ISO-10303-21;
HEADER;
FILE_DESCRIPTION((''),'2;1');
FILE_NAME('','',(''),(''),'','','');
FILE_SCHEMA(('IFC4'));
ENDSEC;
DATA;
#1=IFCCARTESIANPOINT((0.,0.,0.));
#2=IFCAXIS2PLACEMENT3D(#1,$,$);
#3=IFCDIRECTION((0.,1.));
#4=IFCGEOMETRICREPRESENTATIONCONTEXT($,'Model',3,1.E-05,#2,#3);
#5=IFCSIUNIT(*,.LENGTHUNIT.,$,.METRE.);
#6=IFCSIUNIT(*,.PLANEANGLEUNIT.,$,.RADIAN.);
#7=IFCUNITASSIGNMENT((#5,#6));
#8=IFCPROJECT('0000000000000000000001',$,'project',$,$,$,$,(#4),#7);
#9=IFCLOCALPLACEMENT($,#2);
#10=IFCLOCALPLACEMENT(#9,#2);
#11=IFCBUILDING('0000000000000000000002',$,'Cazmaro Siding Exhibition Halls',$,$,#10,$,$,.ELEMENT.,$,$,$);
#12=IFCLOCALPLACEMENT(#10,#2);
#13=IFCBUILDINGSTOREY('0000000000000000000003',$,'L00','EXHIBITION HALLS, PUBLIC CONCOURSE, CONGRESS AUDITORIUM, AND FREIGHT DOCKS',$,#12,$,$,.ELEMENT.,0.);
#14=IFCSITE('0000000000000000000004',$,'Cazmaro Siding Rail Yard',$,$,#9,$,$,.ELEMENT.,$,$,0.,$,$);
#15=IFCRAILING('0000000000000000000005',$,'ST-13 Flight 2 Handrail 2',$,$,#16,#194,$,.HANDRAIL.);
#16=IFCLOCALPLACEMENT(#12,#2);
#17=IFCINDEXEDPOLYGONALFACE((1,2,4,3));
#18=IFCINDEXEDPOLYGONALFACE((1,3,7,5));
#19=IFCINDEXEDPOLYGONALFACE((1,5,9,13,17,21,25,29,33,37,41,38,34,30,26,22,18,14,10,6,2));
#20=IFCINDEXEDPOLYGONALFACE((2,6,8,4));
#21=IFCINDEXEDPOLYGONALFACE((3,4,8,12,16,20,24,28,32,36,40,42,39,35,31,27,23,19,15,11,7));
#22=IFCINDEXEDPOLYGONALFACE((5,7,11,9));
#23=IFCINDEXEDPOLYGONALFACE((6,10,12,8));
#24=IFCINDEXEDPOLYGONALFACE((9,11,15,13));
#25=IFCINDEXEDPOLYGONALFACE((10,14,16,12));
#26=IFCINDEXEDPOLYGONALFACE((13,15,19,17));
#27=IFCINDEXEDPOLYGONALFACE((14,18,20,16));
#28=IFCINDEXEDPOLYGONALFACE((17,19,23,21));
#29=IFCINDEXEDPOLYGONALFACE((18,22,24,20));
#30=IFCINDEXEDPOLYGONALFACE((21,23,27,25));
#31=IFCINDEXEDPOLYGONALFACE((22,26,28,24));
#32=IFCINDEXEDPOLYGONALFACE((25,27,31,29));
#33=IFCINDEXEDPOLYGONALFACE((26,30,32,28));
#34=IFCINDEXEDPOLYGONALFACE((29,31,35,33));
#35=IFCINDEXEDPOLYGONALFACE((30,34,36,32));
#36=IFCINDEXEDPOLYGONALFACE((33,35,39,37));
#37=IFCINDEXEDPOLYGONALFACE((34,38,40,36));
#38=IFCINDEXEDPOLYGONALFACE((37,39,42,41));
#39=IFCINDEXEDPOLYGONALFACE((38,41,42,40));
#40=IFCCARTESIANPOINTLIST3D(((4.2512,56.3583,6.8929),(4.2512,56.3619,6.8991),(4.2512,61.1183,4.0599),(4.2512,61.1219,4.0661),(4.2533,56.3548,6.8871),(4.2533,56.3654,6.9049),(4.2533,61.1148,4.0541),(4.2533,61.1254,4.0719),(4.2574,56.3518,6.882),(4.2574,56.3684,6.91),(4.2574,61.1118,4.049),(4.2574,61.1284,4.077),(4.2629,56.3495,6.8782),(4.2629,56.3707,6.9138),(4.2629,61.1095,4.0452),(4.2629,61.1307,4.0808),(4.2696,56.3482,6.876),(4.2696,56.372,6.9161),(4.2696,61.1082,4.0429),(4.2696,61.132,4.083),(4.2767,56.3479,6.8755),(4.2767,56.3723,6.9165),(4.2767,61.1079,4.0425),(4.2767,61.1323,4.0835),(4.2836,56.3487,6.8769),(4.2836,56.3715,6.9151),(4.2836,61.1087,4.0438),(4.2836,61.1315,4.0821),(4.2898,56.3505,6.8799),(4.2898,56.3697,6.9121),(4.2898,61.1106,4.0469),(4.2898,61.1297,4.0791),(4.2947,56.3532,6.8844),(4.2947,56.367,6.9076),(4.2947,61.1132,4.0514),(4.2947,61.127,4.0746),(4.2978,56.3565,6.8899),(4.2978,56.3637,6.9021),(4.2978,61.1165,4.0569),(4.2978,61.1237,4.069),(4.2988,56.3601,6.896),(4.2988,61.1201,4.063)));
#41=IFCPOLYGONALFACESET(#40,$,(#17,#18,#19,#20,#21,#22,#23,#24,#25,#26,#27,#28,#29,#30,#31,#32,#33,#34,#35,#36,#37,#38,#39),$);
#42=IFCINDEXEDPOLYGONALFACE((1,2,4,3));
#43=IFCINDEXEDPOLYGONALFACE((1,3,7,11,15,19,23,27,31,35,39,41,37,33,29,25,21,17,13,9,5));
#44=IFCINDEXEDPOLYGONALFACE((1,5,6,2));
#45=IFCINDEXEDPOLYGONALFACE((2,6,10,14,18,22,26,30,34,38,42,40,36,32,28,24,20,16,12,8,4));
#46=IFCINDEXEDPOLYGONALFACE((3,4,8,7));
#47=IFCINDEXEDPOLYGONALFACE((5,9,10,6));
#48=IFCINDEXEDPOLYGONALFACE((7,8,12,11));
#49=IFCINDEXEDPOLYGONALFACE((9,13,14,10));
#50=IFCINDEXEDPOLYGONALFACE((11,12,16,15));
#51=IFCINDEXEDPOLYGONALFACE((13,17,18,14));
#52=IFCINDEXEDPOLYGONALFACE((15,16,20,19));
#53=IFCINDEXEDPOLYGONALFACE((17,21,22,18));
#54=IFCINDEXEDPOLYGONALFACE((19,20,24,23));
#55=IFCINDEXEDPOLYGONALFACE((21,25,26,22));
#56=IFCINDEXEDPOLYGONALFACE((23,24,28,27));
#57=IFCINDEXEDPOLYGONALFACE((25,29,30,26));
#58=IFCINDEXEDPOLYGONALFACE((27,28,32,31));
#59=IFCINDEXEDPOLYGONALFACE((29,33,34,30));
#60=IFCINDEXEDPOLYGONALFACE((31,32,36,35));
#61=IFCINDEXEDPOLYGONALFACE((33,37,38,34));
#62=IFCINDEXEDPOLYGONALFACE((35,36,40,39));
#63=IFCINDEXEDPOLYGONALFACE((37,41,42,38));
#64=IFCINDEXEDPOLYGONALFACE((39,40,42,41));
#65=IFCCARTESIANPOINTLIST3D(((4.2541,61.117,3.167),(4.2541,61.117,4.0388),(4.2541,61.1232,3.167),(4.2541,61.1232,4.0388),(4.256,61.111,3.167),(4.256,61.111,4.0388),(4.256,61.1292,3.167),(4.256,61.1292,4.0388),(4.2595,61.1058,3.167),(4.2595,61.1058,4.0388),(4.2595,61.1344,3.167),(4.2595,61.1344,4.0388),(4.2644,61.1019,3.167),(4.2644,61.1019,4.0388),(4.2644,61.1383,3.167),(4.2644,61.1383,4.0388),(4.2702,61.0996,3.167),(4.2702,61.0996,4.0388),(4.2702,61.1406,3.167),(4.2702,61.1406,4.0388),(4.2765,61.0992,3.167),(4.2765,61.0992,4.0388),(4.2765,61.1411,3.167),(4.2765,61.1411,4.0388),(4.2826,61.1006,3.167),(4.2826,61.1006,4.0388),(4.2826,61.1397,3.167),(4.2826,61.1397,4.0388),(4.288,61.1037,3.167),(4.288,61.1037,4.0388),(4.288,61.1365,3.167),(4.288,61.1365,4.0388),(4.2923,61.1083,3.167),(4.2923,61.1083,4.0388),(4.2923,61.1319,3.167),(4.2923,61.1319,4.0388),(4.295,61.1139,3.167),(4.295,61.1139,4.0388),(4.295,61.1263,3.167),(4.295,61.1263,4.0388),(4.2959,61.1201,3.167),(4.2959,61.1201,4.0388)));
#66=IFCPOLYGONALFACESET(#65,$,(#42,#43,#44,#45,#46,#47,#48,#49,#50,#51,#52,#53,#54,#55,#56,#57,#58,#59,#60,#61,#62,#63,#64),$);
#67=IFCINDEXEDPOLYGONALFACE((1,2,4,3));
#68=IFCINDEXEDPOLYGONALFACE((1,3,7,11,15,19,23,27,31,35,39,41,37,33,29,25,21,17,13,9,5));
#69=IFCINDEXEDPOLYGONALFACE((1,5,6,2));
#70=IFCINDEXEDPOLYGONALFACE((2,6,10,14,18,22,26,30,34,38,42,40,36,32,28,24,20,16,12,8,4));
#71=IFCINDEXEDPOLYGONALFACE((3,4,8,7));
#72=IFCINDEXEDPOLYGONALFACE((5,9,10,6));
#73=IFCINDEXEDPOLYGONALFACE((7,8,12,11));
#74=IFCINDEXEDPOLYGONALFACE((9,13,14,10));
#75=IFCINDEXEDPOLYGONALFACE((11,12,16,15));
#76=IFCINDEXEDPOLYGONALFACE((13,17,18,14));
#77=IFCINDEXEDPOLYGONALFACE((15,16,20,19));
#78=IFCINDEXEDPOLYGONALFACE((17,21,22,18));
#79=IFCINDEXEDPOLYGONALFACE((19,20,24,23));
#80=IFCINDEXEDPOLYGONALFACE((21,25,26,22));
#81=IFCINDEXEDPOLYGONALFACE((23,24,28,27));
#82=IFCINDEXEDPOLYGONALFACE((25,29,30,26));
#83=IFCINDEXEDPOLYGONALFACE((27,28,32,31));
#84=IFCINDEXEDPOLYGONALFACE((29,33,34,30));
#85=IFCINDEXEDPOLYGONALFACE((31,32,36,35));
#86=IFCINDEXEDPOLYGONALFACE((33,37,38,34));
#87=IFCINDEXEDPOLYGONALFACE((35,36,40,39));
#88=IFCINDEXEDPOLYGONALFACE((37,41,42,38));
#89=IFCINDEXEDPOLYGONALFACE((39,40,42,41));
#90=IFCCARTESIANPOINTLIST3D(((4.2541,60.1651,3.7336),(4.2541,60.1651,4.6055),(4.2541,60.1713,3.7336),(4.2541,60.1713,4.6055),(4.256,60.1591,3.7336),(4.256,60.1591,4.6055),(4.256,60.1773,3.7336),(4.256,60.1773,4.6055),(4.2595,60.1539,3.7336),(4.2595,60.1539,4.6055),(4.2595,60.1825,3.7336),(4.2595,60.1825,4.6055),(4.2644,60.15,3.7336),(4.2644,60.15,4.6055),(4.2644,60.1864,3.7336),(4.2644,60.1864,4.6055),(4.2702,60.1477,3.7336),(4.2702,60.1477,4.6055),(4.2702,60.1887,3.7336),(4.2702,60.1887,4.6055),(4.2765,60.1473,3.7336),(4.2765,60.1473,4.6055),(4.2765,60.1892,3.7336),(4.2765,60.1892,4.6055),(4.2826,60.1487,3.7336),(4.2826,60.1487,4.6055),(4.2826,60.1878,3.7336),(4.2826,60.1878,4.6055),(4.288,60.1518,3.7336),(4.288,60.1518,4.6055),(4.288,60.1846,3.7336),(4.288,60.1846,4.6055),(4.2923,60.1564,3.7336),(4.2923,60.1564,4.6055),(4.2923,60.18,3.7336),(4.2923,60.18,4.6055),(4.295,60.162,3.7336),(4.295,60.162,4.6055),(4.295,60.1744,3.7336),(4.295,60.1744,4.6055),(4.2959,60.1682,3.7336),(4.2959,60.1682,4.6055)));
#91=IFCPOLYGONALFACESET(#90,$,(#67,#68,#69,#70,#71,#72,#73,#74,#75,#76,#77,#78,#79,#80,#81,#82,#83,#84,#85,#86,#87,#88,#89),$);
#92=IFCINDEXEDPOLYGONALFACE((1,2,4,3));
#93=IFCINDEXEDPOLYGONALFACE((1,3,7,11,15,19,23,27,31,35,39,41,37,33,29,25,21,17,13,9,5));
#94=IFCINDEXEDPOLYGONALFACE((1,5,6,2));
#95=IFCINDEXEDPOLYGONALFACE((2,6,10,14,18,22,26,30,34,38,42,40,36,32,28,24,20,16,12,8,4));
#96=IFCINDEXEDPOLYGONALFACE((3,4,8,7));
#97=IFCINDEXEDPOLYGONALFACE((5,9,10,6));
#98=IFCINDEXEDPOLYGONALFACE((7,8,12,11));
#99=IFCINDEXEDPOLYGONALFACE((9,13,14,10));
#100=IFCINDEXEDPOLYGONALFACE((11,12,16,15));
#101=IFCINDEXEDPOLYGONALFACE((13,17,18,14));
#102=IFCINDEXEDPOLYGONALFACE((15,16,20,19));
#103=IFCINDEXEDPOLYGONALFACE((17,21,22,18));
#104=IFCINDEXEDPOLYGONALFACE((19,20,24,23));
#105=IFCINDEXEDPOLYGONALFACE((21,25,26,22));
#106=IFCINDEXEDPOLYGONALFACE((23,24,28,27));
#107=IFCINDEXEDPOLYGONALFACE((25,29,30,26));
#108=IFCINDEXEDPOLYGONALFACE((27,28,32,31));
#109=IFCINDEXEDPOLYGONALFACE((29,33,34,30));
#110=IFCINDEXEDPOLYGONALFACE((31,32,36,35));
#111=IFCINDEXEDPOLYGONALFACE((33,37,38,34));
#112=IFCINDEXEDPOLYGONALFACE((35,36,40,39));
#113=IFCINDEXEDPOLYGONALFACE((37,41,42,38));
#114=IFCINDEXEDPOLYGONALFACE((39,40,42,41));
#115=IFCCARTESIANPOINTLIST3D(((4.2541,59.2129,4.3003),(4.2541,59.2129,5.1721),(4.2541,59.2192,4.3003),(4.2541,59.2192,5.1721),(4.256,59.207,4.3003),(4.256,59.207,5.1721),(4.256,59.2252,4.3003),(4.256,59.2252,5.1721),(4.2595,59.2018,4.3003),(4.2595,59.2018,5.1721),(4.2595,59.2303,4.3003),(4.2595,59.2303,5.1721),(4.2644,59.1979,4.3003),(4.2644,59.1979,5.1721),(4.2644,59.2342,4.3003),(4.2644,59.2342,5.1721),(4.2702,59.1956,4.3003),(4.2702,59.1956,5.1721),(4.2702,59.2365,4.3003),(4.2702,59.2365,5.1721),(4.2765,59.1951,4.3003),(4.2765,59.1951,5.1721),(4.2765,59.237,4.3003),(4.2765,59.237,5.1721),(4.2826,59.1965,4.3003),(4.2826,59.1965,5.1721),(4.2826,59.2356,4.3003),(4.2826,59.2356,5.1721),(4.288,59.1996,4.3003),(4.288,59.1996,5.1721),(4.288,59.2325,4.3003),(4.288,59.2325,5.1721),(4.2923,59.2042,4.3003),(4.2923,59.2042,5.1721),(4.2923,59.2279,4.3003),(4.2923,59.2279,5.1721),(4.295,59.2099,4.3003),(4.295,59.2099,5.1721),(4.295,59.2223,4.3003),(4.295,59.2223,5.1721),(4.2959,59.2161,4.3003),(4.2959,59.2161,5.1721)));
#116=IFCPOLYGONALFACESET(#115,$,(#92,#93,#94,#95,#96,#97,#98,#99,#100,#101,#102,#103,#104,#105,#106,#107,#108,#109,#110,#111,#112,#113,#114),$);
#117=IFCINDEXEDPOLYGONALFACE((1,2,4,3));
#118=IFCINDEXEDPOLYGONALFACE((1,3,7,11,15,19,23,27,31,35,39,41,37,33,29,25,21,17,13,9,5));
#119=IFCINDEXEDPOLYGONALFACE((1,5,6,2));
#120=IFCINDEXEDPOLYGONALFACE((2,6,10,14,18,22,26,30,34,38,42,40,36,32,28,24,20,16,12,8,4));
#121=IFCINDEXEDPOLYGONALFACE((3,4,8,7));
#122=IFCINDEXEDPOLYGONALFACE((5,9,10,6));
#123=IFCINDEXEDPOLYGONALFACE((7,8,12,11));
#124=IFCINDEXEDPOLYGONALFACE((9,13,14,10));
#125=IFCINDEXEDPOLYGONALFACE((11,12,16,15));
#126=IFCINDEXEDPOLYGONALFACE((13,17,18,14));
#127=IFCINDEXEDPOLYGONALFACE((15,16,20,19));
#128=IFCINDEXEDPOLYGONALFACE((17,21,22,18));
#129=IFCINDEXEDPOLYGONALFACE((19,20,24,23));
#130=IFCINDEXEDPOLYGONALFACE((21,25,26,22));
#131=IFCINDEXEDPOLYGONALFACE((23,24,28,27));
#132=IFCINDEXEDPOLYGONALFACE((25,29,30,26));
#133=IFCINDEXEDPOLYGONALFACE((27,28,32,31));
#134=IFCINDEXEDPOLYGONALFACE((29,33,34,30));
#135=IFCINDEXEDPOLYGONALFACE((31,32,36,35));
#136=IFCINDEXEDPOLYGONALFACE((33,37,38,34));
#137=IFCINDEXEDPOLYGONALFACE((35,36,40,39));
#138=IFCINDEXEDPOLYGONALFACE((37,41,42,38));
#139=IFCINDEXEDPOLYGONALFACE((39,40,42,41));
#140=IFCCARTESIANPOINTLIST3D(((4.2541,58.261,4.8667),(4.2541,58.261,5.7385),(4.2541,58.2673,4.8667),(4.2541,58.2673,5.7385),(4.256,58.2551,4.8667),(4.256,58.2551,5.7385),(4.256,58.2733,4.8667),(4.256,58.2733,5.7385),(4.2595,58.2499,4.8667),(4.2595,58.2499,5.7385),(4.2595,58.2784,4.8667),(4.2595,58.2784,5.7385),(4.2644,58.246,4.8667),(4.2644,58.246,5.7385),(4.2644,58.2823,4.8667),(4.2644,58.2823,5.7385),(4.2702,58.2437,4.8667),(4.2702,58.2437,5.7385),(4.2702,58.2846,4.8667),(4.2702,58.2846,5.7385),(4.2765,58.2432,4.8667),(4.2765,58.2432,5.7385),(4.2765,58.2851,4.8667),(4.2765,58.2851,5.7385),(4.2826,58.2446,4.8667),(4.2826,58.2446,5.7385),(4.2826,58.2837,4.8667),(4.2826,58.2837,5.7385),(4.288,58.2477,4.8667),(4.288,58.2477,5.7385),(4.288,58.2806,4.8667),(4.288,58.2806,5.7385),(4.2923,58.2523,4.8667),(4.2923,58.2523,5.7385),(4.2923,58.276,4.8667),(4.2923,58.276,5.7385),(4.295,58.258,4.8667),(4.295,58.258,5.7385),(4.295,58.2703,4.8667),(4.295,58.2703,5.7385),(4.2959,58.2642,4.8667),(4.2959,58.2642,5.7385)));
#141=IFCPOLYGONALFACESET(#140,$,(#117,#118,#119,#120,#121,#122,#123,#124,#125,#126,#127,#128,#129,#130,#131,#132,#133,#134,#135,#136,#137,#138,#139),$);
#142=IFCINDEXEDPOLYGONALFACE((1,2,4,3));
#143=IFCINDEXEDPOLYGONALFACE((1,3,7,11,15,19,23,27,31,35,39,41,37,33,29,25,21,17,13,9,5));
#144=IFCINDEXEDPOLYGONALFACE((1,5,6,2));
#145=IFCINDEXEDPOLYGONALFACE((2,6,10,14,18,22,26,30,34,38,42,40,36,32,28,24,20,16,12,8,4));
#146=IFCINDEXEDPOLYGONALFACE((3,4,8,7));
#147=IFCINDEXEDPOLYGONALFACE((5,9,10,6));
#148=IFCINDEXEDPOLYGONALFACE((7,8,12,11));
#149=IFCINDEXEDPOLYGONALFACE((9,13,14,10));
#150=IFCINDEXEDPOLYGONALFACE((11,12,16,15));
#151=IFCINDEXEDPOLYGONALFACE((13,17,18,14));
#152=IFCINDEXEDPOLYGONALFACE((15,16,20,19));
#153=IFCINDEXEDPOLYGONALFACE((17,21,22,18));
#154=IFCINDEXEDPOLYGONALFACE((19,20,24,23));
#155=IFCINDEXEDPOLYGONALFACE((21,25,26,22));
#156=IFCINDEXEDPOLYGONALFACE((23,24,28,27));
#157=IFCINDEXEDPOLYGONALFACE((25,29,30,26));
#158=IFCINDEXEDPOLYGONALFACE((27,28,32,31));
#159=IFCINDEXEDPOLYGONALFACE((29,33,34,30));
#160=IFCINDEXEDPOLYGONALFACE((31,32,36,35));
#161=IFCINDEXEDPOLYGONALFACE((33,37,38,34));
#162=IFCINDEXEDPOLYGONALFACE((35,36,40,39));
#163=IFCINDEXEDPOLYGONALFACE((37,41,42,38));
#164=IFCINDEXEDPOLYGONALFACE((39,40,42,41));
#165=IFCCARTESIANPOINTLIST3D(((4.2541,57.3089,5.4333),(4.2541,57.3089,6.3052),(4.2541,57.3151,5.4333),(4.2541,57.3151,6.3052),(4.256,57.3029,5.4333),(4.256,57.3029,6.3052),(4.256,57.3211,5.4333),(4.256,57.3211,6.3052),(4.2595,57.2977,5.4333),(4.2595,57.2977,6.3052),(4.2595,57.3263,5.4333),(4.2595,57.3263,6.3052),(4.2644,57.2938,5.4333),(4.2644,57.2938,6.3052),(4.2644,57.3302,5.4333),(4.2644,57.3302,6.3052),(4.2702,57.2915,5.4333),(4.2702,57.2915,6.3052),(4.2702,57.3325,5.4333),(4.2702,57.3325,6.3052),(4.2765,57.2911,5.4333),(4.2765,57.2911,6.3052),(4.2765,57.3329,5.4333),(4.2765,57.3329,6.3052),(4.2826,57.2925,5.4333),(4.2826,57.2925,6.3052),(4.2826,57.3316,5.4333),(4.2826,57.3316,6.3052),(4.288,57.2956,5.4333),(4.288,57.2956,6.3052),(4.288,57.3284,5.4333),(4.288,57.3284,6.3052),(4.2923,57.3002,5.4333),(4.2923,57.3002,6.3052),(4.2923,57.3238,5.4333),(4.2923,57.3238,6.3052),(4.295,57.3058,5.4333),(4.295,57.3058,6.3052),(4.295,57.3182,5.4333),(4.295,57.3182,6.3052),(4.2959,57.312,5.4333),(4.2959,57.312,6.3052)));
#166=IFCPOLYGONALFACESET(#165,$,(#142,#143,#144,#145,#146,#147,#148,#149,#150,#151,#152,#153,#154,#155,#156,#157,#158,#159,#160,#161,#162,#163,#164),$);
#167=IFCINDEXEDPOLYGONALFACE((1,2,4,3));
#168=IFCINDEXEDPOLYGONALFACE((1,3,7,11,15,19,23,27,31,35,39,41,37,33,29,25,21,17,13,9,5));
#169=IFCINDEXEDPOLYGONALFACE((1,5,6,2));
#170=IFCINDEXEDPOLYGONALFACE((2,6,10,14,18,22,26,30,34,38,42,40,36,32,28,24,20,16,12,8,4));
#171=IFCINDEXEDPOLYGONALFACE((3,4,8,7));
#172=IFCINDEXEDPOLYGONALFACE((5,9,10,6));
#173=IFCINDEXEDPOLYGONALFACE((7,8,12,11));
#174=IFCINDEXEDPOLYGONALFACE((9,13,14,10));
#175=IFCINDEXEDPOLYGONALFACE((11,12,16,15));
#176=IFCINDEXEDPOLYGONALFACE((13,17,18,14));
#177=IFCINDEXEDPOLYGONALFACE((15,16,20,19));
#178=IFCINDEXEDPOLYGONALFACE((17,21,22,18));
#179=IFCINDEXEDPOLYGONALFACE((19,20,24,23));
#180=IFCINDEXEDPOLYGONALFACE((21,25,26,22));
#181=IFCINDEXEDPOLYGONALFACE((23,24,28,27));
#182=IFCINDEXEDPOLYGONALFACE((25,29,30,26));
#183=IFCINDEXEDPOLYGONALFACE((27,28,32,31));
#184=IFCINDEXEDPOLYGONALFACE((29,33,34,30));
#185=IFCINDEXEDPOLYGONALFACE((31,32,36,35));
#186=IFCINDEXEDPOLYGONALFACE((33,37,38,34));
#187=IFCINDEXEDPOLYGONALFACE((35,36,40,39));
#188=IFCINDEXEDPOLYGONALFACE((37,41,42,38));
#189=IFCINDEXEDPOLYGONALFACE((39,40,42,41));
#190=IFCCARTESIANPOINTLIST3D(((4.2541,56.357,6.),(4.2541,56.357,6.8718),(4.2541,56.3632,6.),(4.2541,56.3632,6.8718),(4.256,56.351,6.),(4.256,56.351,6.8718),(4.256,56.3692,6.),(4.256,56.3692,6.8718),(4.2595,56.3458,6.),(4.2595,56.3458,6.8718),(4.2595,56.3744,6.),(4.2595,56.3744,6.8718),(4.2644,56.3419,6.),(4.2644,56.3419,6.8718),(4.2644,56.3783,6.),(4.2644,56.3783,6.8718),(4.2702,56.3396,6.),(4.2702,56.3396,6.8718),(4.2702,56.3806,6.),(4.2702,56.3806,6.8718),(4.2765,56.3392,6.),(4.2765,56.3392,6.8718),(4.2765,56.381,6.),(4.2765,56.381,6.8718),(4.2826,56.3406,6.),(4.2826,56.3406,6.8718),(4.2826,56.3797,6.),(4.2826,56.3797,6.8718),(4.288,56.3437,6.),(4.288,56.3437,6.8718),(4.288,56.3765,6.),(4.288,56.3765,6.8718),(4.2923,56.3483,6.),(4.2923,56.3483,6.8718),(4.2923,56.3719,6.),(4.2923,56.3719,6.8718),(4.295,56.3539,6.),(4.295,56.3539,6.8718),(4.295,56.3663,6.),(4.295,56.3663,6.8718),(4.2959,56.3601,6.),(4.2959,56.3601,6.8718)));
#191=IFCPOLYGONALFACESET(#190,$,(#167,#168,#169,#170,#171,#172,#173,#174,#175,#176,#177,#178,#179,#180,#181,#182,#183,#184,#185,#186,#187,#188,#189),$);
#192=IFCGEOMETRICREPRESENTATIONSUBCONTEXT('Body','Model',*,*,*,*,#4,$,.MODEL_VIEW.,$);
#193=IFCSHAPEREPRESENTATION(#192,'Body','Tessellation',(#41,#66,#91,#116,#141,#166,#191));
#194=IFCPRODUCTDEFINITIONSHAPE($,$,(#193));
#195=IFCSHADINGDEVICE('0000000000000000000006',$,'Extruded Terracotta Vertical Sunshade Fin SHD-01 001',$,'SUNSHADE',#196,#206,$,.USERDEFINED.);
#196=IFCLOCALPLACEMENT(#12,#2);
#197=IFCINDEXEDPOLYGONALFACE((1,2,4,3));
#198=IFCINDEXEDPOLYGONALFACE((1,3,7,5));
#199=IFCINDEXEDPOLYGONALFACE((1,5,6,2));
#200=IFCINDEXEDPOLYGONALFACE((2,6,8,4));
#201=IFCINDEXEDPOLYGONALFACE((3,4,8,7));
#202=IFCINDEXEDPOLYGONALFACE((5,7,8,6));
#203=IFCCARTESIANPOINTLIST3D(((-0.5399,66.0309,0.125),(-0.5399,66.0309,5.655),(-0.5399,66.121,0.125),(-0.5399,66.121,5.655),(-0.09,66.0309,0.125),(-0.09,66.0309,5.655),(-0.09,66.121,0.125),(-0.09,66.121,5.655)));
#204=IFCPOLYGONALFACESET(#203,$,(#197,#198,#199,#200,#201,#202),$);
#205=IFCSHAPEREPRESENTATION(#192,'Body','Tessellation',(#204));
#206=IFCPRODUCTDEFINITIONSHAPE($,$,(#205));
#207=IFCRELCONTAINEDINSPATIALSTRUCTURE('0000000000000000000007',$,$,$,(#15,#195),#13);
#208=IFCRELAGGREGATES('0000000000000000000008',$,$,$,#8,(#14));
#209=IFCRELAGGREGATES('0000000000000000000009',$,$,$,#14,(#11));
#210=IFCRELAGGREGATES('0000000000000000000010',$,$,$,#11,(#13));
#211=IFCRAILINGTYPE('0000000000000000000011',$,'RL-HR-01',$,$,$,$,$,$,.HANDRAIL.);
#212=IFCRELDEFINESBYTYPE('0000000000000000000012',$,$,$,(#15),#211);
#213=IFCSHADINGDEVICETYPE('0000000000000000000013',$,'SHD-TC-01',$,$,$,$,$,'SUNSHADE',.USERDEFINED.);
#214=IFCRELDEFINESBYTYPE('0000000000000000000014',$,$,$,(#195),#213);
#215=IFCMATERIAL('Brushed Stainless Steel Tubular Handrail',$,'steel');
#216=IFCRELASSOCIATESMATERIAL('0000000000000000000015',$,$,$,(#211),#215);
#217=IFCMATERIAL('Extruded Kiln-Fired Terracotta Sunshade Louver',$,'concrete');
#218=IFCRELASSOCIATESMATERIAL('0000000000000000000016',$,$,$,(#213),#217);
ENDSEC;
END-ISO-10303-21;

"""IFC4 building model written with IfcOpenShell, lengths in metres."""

from ifc_helpers import new_model, si_unit, direction, frame, origin, origin_2d, place, context, subcontext, project, spatial, rectangle, circle, extrude, material, type_object, element, save


model = new_model("IFC4")

# Units and contexts
model_context = context("Model", 3, precision=1e-05, world=origin(), true_north=direction((0.0, 1.0)))
body_context = subcontext(model_context, "Body", "Model", "MODEL_VIEW")
ifc_project = project(units=[si_unit("LENGTHUNIT", "METRE"), si_unit("PLANEANGLEUNIT", "RADIAN")], contexts=[model_context])

# Site, building, storey
site_placement = place(None, origin())
site = spatial("IfcSite", under=ifc_project, at=site_placement, Name="Cazmaro Siding Rail Yard", CompositionType="ELEMENT", RefElevation=0.0)
building_placement = place(site_placement, origin())
building = spatial("IfcBuilding", under=site, at=building_placement, Name="Cazmaro Siding Exhibition Halls", CompositionType="ELEMENT")
storey_placement = place(building_placement, origin())
storey = spatial("IfcBuildingStorey", under=building, at=storey_placement, Name="L00", Description="EXHIBITION HALLS, PUBLIC CONCOURSE, CONGRESS AUDITORIUM, AND FREIGHT DOCKS", CompositionType="ELEMENT", Elevation=0.0)

# Railing
ifc_material_1 = material(Name="Brushed Stainless Steel Tubular Handrail", Category="steel")
railing_type_1 = type_object("IfcRailingType", Name="RL-HR-01", PredefinedType="HANDRAIL", material=ifc_material_1)
railing_1_placement = place(storey_placement, frame((4.2749, 61.1201, 3.167)))
element("IfcRailing", 1, at=railing_1_placement, inside=storey, type_object=railing_type_1, Name="ST-13 Flight 2 Handrail 2", PredefinedType="HANDRAIL", context=body_context, shape_type="SweptSolid", body=[
    extrude(circle(Radius=0.0239, at=origin_2d()), frame((0.0, 0.0, 0.896), z_axis=(0.0, -0.859319, 0.51144), x_axis=(1.0, 0.0, 0.0)), (0.0, 0.0, 1.0), 5.5393),
    extrude(circle(Radius=0.021, at=origin_2d()), origin(), (0.0, 0.0, 1.0), 0.8718),
    extrude(circle(Radius=0.021, at=origin_2d()), frame((0.0, -0.9519, 0.5667)), (0.0, 0.0, 1.0), 0.8718),
    extrude(circle(Radius=0.021, at=origin_2d()), frame((0.0, -1.9041, 1.1333)), (0.0, 0.0, 1.0), 0.8718),
    extrude(circle(Radius=0.021, at=origin_2d()), frame((0.0, -2.856, 1.6997)), (0.0, 0.0, 1.0), 0.8718),
    extrude(circle(Radius=0.021, at=origin_2d()), frame((0.0, -3.8081, 2.2664)), (0.0, 0.0, 1.0), 0.8718),
    extrude(circle(Radius=0.021, at=origin_2d()), frame((0.0, -4.76, 2.833)), (0.0, 0.0, 1.0), 0.8718),
])

# Shading device
ifc_material_2 = material(Name="Extruded Kiln-Fired Terracotta Sunshade Louver", Category="concrete")
shading_device_type = type_object("IfcShadingDeviceType", Name="SHD-TC-01", ElementType="SUNSHADE", PredefinedType="USERDEFINED", material=ifc_material_2)
shading_device_placement = place(storey_placement, frame((-0.3149, 66.0759, 0.125), z_axis=(0.0, 0.0, 1.0), x_axis=(1.0, 0.0, 0.0)))
element("IfcShadingDevice", 2, at=shading_device_placement, inside=storey, type_object=shading_device_type, Name="Extruded Terracotta Vertical Sunshade Fin SHD-01 001", ObjectType="SUNSHADE", PredefinedType="USERDEFINED", context=body_context, shape_type="SweptSolid", body=[
    extrude(rectangle(XDim=0.45, YDim=0.0901, at=origin_2d()), origin(), (0.0, 0.0, 1.0), 5.53),
])

save(model, "model.ifc")
